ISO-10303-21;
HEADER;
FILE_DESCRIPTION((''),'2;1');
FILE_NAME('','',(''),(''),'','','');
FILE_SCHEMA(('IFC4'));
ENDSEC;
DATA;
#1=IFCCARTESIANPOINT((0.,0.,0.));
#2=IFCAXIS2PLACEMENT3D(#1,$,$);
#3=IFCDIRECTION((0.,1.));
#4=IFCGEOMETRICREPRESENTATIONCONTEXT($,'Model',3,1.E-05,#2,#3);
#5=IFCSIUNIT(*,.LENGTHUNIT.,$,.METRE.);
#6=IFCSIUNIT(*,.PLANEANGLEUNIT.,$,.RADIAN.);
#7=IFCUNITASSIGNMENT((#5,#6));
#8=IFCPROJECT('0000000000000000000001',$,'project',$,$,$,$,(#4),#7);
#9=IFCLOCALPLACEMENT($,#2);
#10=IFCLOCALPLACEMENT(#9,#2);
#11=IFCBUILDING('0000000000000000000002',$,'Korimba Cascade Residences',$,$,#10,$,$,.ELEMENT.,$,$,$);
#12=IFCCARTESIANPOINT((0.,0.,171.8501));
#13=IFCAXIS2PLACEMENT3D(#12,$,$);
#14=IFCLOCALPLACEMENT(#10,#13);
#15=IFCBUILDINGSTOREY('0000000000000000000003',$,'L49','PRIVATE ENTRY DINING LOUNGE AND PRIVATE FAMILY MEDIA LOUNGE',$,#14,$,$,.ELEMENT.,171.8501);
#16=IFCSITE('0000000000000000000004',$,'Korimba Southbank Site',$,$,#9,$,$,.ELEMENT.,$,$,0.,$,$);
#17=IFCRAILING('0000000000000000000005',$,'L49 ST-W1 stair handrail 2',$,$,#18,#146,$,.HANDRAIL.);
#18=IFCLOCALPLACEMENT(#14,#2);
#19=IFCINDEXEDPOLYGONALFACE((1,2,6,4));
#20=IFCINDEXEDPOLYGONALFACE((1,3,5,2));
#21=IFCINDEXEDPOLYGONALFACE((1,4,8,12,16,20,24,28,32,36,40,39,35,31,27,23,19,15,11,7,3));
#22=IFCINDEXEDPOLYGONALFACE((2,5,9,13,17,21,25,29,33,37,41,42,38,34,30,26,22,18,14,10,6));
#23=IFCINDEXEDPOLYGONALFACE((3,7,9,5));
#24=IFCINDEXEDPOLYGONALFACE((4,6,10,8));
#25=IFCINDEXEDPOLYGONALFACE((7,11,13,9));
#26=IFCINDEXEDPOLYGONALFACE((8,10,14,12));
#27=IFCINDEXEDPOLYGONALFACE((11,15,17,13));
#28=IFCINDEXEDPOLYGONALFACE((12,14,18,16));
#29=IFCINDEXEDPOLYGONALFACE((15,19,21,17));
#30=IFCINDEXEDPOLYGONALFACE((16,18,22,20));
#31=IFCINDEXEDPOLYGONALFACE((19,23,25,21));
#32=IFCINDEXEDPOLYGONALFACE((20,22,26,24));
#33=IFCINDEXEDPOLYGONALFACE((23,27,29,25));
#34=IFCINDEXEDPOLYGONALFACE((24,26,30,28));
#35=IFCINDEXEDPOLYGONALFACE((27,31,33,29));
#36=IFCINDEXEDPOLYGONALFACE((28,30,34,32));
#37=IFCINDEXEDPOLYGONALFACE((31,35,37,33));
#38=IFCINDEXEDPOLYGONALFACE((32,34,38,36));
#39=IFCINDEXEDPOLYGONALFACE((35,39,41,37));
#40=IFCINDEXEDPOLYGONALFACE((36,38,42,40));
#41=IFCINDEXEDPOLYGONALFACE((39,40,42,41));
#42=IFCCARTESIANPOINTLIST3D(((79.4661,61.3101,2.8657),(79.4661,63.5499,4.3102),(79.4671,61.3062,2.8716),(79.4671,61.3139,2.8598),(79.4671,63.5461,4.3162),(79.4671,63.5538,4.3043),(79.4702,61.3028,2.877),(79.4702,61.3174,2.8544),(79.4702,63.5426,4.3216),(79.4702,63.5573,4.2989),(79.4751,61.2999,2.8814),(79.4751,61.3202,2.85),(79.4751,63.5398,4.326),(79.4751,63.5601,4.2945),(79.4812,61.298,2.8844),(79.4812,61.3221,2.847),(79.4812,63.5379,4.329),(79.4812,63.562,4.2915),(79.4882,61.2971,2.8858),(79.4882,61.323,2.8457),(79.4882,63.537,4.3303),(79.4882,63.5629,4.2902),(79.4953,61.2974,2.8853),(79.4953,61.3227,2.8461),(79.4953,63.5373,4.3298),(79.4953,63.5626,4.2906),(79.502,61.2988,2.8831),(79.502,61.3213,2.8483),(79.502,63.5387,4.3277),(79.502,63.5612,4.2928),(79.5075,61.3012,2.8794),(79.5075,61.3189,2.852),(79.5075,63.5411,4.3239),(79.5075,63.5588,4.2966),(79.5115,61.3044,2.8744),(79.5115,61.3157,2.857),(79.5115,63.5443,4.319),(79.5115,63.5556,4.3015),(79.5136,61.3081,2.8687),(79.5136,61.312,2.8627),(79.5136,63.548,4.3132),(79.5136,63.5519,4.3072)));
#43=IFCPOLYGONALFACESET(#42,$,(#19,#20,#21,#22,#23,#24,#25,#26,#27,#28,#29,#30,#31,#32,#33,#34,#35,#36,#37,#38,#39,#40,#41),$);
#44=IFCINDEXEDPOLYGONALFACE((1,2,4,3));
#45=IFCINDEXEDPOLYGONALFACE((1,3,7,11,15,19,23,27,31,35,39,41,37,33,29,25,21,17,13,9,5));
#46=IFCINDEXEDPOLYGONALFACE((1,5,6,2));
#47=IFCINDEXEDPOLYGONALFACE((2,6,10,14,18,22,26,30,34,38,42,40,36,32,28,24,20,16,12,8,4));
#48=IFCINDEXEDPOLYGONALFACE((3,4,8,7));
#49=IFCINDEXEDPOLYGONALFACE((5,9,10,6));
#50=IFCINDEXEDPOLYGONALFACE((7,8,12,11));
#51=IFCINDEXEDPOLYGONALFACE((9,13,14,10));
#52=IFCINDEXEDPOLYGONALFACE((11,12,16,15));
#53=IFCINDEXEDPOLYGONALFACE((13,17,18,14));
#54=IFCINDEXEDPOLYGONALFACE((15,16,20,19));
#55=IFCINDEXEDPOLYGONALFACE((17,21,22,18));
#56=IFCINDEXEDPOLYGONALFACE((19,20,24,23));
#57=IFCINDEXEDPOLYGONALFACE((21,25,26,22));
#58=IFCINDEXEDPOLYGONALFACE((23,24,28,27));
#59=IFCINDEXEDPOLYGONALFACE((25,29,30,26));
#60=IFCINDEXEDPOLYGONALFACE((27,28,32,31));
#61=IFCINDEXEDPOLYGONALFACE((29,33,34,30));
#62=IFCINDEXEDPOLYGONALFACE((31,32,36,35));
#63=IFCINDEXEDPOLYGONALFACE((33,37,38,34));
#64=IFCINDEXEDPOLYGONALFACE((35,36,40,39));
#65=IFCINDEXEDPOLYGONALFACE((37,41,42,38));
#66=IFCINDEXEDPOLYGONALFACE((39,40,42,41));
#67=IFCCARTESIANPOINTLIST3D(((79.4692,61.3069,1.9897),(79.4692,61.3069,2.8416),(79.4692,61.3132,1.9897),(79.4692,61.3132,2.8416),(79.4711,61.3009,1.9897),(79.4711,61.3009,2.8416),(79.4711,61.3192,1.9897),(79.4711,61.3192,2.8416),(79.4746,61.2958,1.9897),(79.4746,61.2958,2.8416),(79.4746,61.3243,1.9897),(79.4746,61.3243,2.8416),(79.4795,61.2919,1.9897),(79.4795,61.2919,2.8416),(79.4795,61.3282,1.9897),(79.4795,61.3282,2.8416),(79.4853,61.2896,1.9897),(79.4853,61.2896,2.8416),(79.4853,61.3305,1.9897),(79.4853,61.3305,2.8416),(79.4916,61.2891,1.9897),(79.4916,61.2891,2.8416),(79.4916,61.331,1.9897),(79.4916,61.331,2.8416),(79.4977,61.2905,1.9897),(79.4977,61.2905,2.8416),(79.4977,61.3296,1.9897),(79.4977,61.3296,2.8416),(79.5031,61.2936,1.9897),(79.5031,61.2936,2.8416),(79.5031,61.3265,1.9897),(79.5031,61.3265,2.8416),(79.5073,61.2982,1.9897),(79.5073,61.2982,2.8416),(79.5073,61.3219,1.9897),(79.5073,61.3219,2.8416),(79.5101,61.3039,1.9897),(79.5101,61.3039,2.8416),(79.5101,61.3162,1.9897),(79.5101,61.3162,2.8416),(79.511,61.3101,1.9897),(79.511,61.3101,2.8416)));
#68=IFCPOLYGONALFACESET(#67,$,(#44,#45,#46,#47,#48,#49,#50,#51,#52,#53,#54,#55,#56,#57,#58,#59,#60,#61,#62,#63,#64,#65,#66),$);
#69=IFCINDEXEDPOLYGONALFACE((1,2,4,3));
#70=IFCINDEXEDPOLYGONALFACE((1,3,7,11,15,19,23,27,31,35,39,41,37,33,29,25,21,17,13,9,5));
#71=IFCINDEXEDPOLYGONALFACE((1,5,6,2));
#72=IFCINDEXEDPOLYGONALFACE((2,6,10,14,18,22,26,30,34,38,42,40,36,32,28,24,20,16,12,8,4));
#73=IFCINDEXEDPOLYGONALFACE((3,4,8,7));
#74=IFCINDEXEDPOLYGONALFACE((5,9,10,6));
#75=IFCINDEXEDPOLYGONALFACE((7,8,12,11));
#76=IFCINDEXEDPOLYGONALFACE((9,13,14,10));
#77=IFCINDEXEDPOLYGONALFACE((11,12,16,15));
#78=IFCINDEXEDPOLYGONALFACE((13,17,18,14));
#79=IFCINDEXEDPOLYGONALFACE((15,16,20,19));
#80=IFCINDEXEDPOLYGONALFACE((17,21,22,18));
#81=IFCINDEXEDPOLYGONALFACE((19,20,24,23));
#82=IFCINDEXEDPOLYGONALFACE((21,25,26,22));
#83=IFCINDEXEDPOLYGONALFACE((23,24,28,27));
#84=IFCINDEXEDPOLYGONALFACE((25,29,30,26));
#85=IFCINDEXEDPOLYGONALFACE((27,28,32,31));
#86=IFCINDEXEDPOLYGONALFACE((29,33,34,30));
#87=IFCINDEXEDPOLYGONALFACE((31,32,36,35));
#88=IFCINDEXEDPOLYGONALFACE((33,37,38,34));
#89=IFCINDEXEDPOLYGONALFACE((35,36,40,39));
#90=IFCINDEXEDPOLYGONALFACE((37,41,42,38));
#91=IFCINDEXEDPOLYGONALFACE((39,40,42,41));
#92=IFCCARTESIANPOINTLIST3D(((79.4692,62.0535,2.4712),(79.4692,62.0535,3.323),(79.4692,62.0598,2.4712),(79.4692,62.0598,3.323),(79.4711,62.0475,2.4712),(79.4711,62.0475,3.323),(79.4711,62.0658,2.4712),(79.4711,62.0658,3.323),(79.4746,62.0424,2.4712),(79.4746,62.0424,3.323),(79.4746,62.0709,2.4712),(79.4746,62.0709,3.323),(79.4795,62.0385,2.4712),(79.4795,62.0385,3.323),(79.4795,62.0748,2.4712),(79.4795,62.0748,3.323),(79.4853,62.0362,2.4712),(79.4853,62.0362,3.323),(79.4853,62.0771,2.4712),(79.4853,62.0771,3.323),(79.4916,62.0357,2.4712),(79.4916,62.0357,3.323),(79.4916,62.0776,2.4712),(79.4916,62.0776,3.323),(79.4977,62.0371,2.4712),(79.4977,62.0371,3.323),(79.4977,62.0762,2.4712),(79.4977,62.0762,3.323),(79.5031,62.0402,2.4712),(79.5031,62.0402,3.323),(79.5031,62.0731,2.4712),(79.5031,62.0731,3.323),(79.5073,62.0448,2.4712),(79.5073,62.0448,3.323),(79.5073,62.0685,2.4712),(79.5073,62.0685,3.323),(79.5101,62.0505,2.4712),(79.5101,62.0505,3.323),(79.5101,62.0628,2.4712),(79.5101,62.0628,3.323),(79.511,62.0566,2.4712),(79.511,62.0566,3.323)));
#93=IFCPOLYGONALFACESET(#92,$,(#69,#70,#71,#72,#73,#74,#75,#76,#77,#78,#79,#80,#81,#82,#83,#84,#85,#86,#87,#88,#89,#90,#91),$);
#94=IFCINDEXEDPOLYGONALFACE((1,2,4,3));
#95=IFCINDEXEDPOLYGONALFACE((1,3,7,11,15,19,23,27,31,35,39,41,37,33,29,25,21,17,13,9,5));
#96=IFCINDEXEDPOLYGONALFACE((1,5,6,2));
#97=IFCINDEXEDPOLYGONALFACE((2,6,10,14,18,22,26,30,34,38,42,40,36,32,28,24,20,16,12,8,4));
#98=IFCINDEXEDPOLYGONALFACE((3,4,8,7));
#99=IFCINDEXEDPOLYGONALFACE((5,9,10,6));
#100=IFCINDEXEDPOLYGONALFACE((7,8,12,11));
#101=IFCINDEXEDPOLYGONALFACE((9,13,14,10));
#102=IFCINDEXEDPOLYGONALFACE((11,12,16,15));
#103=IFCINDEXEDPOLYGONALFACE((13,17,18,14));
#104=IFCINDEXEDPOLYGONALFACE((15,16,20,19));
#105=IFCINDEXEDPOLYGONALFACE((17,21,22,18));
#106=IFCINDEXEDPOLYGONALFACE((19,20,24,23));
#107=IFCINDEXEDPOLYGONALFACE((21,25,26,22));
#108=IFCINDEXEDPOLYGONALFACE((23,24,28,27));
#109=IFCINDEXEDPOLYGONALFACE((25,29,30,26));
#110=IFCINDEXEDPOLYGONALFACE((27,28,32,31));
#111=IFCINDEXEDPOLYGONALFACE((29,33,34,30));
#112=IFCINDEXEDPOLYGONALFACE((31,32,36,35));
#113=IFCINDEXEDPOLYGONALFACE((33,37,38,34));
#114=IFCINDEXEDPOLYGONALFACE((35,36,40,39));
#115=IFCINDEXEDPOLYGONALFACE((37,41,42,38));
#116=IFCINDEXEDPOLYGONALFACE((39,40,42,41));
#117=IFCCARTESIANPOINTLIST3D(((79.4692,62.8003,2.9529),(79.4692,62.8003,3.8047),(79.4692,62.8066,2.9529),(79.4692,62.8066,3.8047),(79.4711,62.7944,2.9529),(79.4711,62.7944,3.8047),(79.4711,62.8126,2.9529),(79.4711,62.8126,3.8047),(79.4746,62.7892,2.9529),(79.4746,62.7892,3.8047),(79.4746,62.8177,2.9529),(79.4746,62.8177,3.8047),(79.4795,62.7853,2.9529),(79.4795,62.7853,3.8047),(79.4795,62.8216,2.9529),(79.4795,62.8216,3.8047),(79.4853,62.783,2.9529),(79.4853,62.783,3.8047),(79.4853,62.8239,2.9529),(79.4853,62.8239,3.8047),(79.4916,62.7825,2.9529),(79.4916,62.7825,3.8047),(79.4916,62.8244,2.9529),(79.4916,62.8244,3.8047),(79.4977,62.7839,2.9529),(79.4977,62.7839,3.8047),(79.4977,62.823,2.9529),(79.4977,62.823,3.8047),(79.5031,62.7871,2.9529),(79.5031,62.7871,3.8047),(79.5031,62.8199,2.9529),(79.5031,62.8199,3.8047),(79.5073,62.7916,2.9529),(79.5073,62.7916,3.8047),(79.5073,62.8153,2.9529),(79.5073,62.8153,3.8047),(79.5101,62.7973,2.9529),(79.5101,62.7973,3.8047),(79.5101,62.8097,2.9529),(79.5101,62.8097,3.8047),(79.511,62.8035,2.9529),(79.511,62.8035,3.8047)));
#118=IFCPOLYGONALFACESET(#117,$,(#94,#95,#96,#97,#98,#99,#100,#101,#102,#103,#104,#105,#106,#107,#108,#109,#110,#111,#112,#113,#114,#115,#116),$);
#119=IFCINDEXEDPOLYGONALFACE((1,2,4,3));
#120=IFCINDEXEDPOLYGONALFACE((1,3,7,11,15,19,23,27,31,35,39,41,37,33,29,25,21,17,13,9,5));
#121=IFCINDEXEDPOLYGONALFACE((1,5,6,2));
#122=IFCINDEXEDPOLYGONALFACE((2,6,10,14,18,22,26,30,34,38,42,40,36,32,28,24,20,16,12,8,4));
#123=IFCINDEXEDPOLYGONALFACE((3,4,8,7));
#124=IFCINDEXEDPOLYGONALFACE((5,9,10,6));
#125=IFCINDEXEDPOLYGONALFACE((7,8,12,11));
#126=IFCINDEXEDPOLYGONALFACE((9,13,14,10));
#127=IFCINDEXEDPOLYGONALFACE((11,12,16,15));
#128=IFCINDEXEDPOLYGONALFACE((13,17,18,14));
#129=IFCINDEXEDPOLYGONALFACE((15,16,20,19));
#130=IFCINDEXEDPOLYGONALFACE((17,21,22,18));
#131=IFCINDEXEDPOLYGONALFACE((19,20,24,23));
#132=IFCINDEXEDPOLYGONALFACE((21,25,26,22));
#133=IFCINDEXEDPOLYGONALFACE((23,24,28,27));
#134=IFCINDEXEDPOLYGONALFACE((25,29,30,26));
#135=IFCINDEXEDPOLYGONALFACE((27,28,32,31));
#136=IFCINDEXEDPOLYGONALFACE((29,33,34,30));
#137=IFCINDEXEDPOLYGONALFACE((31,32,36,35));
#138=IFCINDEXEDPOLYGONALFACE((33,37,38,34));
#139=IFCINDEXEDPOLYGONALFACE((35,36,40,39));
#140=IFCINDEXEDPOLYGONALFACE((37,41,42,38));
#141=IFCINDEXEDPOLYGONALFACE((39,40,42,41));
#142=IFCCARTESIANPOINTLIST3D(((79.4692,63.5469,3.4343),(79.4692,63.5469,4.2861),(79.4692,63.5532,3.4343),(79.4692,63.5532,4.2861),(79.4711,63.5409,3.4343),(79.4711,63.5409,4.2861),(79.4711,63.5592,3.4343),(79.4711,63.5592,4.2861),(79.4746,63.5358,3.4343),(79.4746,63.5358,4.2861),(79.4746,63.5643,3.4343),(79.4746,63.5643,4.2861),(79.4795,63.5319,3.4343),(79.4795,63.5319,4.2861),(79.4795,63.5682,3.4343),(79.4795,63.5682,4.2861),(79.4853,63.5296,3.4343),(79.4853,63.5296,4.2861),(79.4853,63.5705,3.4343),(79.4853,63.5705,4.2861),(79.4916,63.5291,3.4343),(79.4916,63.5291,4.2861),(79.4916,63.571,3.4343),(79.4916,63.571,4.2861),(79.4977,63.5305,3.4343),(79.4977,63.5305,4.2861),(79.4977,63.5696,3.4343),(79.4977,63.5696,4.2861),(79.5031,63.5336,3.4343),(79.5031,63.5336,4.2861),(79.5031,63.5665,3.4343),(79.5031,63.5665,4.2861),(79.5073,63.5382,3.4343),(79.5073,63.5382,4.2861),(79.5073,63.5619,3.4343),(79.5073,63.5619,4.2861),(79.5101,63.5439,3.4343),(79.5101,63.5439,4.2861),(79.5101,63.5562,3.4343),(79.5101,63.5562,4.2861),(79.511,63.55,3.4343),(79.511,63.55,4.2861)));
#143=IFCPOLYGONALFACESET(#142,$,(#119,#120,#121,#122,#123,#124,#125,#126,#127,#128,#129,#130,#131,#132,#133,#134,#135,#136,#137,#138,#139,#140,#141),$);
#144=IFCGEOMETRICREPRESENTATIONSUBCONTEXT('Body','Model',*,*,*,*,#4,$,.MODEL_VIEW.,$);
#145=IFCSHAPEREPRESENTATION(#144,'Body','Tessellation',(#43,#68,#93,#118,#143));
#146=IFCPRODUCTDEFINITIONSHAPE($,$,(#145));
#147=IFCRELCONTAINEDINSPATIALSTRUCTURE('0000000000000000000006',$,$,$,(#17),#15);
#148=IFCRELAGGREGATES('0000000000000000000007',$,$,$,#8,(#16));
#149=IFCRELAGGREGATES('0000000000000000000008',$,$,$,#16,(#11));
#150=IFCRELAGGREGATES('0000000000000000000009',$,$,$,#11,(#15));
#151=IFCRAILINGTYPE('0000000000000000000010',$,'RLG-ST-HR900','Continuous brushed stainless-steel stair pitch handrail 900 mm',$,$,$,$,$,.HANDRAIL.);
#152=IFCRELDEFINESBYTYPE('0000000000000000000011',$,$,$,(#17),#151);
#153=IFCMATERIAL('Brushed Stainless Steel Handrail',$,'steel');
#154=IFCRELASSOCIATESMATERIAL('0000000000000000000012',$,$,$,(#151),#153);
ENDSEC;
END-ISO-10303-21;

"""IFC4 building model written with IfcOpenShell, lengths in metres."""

from ifc_helpers import new_model, si_unit, direction, frame, origin, origin_2d, place, context, subcontext, project, spatial, circle, extrude, material, type_object, element, save


model = new_model("IFC4")

# Units and contexts
model_context = context("Model", 3, precision=1e-05, world=origin(), true_north=direction((0.0, 1.0)))
body_context = subcontext(model_context, "Body", "Model", "MODEL_VIEW")
ifc_project = project(units=[si_unit("LENGTHUNIT", "METRE"), si_unit("PLANEANGLEUNIT", "RADIAN")], contexts=[model_context])

# Site, building, storey
site_placement = place(None, origin())
site = spatial("IfcSite", under=ifc_project, at=site_placement, Name="Korimba Southbank Site", CompositionType="ELEMENT", RefElevation=0.0)
building_placement = place(site_placement, origin())
building = spatial("IfcBuilding", under=site, at=building_placement, Name="Korimba Cascade Residences", CompositionType="ELEMENT")
storey_placement = place(building_placement, frame((0.0, 0.0, 171.8501)))
storey = spatial("IfcBuildingStorey", under=building, at=storey_placement, Name="L49", Description="PRIVATE ENTRY DINING LOUNGE AND PRIVATE FAMILY MEDIA LOUNGE", CompositionType="ELEMENT", Elevation=171.8501)

# Railing
ifc_material_1 = material(Name="Brushed Stainless Steel Handrail", Category="steel")
railing_type_1 = type_object("IfcRailingType", Name="RLG-ST-HR900", Description="Continuous brushed stainless-steel stair pitch handrail 900 mm", PredefinedType="HANDRAIL", material=ifc_material_1)
railing_1_placement = place(storey_placement, frame((79.49, 61.3101, 1.9897)))
element("IfcRailing", 1, at=railing_1_placement, inside=storey, type_object=railing_type_1, Name="L49 ST-W1 stair handrail 2", PredefinedType="HANDRAIL", context=body_context, shape_type="SweptSolid", body=[
    extrude(circle(Radius=0.0239, at=origin_2d()), frame((0.0, 0.0, 0.876), z_axis=(0.0, 0.840395, 0.541975), x_axis=(-1.0, 0.0, 0.0)), (0.0, 0.0, 1.0), 2.6653),
    extrude(circle(Radius=0.021, at=origin_2d()), origin(), (0.0, 0.0, 1.0), 0.8518),
    extrude(circle(Radius=0.021, at=origin_2d()), frame((0.0, 0.7466, 0.4814)), (0.0, 0.0, 1.0), 0.8518),
    extrude(circle(Radius=0.021, at=origin_2d()), frame((0.0, 1.4934, 0.9631)), (0.0, 0.0, 1.0), 0.8518),
    extrude(circle(Radius=0.021, at=origin_2d()), frame((0.0, 2.24, 1.4446)), (0.0, 0.0, 1.0), 0.8518),
])

save(model, "model.ifc")
